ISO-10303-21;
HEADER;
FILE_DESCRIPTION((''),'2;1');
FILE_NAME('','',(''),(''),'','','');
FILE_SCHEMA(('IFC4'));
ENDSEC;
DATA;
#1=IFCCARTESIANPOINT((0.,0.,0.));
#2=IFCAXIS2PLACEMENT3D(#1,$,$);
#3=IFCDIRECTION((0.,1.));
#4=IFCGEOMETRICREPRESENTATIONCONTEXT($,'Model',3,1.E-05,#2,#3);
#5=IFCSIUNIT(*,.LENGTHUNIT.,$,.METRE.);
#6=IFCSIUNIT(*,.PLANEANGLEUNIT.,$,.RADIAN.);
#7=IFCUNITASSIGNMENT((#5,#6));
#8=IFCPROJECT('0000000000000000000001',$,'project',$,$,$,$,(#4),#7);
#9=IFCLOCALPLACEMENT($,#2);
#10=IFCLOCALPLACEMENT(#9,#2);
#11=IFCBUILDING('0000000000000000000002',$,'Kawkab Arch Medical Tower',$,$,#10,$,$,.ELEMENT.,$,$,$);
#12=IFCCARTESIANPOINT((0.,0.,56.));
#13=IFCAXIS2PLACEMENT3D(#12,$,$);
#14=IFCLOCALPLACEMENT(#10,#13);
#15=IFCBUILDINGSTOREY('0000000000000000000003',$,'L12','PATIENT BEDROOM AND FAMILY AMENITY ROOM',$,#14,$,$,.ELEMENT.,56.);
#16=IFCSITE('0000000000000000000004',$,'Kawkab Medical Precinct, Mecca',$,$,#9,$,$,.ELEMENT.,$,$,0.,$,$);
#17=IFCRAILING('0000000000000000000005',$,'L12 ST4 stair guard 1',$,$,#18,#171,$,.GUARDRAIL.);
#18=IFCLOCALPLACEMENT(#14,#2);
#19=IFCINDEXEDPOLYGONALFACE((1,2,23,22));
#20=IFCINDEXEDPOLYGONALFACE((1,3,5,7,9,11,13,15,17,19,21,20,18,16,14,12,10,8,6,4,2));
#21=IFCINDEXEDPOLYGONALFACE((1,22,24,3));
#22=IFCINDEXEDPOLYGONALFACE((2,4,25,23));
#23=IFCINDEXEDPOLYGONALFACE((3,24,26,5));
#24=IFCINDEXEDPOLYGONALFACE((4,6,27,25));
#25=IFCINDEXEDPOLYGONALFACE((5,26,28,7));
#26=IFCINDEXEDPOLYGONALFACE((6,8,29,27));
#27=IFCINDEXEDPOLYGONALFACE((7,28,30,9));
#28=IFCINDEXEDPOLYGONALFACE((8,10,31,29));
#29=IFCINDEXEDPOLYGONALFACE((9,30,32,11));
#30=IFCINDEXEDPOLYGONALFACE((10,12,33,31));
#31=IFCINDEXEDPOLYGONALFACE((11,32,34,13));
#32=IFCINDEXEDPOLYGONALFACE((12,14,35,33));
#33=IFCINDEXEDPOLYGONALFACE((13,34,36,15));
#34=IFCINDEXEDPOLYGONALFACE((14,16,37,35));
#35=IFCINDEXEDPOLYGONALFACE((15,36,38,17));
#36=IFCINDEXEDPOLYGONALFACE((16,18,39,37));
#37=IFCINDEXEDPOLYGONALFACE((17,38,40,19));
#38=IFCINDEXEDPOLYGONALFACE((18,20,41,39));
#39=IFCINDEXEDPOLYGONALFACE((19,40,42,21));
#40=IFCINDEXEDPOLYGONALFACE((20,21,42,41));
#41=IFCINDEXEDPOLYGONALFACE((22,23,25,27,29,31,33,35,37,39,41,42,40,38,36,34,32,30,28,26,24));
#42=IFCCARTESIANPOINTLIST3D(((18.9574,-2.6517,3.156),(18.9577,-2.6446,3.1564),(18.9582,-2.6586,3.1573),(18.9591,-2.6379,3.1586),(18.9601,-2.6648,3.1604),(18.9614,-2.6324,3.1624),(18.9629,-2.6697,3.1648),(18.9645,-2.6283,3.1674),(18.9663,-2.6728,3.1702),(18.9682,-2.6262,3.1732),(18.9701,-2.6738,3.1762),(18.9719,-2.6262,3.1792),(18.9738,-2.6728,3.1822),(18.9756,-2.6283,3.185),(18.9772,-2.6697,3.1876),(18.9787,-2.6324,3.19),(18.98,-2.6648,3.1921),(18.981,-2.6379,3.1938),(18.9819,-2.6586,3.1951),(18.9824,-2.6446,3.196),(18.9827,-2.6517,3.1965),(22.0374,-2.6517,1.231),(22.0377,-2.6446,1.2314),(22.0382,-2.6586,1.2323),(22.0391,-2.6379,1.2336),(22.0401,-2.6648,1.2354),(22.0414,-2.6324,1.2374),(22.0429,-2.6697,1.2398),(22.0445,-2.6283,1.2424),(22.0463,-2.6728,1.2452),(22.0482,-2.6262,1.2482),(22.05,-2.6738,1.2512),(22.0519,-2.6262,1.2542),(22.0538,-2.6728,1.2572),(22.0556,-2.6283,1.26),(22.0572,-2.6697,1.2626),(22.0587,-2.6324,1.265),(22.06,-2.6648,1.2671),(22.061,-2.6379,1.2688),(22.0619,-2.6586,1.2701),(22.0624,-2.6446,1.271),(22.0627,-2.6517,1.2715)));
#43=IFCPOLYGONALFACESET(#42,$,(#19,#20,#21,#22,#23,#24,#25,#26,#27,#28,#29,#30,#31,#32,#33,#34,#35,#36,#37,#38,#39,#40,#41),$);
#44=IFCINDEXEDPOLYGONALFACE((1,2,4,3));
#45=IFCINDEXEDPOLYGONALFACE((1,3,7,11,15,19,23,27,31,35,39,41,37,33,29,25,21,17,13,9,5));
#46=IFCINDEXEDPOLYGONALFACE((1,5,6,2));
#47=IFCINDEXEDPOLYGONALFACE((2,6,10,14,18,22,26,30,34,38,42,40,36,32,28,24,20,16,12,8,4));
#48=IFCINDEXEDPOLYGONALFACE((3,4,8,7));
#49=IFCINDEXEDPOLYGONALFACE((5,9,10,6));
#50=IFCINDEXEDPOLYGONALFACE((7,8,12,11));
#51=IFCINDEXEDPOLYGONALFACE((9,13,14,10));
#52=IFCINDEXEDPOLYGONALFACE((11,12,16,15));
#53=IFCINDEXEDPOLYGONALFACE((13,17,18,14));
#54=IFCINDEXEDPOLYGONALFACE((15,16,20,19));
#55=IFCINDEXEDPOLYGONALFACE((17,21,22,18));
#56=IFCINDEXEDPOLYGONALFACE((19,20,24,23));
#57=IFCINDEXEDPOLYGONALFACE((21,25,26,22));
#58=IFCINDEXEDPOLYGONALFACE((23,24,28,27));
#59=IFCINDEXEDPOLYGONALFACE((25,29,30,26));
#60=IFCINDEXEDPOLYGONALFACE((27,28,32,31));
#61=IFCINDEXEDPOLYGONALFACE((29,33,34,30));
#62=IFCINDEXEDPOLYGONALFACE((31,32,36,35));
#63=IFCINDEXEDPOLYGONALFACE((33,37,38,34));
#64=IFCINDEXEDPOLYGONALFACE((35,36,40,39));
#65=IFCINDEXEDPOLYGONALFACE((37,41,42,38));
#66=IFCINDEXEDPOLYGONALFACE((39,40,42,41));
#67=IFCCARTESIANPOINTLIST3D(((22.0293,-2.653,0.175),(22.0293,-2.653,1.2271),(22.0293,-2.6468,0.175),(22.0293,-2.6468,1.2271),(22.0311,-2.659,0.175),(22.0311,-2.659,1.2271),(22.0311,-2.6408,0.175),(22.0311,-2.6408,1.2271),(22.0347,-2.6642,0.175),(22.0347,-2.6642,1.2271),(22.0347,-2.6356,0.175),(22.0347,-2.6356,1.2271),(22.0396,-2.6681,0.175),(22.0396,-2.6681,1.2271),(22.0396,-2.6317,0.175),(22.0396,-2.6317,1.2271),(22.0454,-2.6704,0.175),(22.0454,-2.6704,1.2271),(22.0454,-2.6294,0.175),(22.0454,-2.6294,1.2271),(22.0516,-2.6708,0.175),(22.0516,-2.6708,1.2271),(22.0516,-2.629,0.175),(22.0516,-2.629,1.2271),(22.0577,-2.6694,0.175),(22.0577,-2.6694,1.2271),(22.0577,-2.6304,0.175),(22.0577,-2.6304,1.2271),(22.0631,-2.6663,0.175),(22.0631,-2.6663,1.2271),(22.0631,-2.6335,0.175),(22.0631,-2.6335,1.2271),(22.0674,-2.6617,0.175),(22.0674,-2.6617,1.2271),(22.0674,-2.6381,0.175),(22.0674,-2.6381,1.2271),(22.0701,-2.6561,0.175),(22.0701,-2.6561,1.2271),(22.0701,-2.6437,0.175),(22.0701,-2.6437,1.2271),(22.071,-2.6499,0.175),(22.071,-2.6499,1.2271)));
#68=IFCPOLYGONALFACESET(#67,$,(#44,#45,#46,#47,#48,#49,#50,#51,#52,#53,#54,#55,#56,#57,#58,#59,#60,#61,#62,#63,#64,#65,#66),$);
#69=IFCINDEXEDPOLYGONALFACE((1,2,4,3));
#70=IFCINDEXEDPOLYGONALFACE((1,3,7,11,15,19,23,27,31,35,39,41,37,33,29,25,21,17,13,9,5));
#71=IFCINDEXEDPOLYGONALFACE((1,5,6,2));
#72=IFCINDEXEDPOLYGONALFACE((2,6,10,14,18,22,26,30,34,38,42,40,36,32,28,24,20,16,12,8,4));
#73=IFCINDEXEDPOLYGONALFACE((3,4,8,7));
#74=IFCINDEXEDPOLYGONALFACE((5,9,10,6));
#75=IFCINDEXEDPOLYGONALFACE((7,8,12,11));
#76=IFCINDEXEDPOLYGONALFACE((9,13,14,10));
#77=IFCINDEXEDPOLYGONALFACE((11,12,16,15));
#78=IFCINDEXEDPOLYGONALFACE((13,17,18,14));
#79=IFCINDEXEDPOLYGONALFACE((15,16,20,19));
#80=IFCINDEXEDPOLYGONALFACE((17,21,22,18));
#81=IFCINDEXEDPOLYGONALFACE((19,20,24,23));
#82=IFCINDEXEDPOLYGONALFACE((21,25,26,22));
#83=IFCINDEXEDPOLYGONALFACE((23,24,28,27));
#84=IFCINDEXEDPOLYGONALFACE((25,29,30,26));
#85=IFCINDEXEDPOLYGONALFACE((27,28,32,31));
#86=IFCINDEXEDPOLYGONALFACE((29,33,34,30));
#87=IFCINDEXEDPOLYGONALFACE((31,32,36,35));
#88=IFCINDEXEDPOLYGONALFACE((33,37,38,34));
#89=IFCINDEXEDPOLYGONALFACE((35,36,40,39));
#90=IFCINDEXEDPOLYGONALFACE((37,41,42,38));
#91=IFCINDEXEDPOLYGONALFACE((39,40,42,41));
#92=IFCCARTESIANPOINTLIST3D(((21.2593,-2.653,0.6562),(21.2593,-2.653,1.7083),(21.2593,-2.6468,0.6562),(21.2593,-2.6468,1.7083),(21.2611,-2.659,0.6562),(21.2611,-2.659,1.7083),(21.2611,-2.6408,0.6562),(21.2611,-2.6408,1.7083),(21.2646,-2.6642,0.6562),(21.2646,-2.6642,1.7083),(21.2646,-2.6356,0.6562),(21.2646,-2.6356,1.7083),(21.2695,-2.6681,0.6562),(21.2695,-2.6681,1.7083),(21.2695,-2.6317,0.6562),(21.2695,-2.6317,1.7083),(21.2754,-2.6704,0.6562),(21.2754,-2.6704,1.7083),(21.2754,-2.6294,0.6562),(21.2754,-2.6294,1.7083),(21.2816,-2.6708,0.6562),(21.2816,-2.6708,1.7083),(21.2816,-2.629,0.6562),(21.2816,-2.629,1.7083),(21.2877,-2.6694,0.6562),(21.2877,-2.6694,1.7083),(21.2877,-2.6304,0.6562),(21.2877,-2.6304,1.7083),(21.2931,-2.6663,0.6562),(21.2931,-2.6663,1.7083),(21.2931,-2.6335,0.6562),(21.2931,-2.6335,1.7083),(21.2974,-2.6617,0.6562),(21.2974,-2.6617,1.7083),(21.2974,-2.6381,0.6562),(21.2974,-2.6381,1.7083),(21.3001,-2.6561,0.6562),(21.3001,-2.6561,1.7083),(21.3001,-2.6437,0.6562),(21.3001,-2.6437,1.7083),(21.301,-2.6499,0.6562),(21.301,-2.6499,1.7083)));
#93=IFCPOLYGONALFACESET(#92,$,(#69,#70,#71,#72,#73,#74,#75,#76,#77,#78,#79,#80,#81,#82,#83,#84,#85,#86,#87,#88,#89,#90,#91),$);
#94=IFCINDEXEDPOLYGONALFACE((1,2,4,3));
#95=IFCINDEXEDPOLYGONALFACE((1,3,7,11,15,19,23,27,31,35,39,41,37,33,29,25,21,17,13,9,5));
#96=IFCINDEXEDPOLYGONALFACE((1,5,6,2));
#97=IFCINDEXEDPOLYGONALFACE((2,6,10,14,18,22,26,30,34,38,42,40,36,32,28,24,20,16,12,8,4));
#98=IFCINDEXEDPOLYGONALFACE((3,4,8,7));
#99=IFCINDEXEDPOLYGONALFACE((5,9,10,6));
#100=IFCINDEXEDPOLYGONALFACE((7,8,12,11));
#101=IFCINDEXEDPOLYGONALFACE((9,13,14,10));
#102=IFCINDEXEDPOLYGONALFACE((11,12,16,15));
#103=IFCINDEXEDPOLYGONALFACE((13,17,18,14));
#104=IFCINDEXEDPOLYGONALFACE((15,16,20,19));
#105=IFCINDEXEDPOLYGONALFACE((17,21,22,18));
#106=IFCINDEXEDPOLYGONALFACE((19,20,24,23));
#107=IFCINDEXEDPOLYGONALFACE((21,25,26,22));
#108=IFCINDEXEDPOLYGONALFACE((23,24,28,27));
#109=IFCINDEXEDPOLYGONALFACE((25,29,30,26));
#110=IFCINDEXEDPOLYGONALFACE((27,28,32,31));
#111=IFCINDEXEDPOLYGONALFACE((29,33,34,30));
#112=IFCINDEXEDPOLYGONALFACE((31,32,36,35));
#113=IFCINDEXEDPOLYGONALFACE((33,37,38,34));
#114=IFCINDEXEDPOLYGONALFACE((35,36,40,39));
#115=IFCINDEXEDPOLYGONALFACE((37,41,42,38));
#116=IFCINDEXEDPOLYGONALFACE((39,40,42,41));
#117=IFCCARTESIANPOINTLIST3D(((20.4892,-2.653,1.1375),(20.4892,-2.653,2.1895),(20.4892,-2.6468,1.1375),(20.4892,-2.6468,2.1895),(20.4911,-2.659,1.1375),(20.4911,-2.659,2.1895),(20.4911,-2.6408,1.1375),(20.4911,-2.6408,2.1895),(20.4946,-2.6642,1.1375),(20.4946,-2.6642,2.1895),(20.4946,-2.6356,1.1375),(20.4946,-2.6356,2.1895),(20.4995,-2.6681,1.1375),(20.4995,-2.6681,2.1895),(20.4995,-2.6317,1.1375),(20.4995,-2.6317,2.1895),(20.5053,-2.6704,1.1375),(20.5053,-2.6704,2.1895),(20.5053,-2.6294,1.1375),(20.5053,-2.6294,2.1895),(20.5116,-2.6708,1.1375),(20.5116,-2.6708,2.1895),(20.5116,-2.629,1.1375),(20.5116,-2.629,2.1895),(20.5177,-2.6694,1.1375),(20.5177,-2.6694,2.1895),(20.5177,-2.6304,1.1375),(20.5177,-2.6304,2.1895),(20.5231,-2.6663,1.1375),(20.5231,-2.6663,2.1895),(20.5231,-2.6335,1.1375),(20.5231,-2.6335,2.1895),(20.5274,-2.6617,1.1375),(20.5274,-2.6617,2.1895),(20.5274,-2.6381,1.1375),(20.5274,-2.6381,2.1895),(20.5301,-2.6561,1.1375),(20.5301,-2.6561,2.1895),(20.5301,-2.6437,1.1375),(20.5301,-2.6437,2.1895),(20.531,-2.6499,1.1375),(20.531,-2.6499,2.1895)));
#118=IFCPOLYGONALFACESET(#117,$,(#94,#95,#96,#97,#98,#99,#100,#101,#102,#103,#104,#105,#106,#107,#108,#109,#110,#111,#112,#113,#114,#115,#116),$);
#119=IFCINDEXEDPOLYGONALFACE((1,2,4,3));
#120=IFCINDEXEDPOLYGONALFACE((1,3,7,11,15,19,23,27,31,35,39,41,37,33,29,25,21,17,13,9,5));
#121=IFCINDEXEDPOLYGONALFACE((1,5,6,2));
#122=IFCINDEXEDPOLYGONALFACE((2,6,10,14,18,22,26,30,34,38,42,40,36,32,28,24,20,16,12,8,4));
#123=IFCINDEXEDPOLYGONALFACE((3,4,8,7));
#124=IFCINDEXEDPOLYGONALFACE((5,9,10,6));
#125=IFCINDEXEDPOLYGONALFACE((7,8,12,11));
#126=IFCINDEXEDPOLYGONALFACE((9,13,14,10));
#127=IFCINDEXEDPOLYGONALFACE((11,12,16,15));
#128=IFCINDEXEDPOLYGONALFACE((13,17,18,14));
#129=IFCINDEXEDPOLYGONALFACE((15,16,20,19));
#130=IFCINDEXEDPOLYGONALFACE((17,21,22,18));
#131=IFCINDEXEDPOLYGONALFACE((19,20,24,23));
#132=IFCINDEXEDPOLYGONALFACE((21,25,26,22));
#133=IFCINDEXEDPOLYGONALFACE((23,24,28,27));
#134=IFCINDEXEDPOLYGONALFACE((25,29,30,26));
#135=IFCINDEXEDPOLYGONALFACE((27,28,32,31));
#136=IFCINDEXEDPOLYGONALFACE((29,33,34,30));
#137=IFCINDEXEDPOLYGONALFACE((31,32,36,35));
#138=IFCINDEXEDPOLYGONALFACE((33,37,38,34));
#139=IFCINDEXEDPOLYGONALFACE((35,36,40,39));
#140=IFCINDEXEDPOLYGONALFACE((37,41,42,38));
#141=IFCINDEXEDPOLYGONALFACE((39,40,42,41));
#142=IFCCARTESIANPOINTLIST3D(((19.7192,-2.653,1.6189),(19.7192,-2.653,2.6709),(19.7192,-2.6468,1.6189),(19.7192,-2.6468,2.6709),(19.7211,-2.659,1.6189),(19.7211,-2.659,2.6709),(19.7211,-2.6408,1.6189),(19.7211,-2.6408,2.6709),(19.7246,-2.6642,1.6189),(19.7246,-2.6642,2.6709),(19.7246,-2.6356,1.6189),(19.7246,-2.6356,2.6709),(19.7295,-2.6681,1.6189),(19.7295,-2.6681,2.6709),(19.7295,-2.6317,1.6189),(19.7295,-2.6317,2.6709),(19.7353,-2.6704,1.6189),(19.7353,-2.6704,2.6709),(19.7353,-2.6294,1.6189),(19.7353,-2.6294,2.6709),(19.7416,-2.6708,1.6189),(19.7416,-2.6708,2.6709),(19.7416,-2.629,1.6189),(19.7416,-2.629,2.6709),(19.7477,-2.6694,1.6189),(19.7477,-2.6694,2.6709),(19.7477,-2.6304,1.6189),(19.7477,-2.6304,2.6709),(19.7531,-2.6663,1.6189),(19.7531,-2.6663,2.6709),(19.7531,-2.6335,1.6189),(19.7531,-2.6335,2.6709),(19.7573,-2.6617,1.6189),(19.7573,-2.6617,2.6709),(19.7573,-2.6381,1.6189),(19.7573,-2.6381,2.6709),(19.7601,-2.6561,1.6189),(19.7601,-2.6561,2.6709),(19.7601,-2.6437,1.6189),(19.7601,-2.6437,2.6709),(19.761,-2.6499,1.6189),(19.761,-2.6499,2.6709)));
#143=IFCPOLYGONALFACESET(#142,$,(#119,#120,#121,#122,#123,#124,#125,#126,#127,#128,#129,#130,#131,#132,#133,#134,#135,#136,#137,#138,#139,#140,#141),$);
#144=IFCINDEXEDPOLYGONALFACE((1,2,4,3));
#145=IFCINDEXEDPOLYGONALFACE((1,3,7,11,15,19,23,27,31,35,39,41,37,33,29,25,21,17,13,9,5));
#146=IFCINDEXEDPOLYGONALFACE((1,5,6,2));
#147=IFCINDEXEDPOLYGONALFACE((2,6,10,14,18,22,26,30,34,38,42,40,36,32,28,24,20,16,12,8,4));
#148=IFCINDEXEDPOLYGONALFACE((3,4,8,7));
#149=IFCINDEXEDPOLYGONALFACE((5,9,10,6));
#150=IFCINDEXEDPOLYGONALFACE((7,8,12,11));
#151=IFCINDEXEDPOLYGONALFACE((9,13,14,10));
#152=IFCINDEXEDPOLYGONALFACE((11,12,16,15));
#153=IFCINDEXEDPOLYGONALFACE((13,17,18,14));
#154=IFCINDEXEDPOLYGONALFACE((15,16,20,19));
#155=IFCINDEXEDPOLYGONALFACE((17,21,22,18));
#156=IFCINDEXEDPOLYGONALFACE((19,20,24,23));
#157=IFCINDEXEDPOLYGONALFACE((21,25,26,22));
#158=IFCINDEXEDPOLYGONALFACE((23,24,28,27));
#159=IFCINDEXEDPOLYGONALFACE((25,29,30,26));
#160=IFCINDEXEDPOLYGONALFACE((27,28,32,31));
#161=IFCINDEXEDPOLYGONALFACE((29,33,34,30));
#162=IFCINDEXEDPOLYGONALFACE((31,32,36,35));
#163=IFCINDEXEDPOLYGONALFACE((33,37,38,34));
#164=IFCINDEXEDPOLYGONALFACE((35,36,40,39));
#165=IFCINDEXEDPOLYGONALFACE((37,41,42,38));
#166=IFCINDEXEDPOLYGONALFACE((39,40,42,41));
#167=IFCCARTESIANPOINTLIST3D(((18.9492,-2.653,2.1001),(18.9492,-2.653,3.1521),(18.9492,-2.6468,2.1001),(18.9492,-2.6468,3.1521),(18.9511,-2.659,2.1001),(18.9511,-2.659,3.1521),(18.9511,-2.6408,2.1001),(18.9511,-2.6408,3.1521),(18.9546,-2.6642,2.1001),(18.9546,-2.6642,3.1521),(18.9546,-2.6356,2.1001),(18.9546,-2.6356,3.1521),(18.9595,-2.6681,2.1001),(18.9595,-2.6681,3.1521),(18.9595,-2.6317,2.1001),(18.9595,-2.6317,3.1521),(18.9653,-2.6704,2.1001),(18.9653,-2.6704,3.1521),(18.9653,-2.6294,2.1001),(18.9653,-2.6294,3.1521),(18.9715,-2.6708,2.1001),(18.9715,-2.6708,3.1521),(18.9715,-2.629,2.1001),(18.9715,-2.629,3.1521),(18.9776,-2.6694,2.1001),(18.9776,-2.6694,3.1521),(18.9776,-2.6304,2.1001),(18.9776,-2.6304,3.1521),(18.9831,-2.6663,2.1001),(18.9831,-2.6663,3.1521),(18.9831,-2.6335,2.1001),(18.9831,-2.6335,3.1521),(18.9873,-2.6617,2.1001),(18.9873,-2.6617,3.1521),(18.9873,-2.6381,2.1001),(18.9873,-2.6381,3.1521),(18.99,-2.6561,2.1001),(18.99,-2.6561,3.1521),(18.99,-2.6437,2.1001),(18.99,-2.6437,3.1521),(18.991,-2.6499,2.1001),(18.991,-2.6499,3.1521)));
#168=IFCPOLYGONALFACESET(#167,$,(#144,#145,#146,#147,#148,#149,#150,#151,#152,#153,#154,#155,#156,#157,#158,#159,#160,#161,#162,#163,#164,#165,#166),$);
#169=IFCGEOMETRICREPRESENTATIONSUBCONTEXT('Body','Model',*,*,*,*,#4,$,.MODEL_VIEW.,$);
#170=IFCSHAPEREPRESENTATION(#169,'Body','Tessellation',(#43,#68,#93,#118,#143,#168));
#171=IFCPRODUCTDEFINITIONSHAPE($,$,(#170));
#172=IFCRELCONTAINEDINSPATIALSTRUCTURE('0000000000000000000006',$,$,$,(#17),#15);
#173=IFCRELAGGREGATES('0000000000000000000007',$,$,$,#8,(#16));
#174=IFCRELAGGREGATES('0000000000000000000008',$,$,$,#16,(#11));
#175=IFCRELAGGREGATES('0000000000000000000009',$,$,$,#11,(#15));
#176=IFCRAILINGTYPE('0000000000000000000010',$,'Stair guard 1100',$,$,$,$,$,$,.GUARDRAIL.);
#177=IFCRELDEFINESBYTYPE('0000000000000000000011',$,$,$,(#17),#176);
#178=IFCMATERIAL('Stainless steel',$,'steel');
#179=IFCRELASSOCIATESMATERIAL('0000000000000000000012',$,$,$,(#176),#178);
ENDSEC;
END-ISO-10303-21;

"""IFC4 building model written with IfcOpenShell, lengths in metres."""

from ifc_helpers import new_model, si_unit, direction, frame, origin, origin_2d, place, context, subcontext, project, spatial, circle, extrude, material, type_object, element, save


model = new_model("IFC4")

# Units and contexts
model_context = context("Model", 3, precision=1e-05, world=origin(), true_north=direction((0.0, 1.0)))
body_context = subcontext(model_context, "Body", "Model", "MODEL_VIEW")
ifc_project = project(units=[si_unit("LENGTHUNIT", "METRE"), si_unit("PLANEANGLEUNIT", "RADIAN")], contexts=[model_context])

# Site, building, storey
site_placement = place(None, origin())
site = spatial("IfcSite", under=ifc_project, at=site_placement, Name="Kawkab Medical Precinct, Mecca", CompositionType="ELEMENT", RefElevation=0.0)
building_placement = place(site_placement, origin())
building = spatial("IfcBuilding", under=site, at=building_placement, Name="Kawkab Arch Medical Tower", CompositionType="ELEMENT")
storey_placement = place(building_placement, frame((0.0, 0.0, 56.0)))
storey = spatial("IfcBuildingStorey", under=building, at=storey_placement, Name="L12", Description="PATIENT BEDROOM AND FAMILY AMENITY ROOM", CompositionType="ELEMENT", Elevation=56.0)

# Railing
ifc_material_1 = material(Name="Stainless steel", Category="steel")
railing_type = type_object("IfcRailingType", Name="Stair guard 1100", PredefinedType="GUARDRAIL", material=ifc_material_1)
railing_1_placement = place(storey_placement, frame((22.05, -2.6499, 0.175)))
element("IfcRailing", 1, at=railing_1_placement, inside=storey, type_object=railing_type, Name="L12 ST4 stair guard 1", PredefinedType="GUARDRAIL", context=body_context, shape_type="SweptSolid", body=[
    extrude(circle(Radius=0.0239, at=origin_2d()), frame((0.0, 0.0, 1.0762), z_axis=(-0.847998, 0.0, 0.529999), x_axis=(0.0, -1.0, 0.0)), (0.0, 0.0, 1.0), 3.6321),
    extrude(circle(Radius=0.021, at=origin_2d()), origin(), (0.0, 0.0, 1.0), 1.052),
    extrude(circle(Radius=0.021, at=origin_2d()), frame((-0.77, 0.0, 0.4812)), (0.0, 0.0, 1.0), 1.052),
    extrude(circle(Radius=0.021, at=origin_2d()), frame((-1.54, 0.0, 0.9624)), (0.0, 0.0, 1.0), 1.052),
    extrude(circle(Radius=0.021, at=origin_2d()), frame((-2.3101, 0.0, 1.4438)), (0.0, 0.0, 1.0), 1.052),
    extrude(circle(Radius=0.021, at=origin_2d()), frame((-3.0801, 0.0, 1.925)), (0.0, 0.0, 1.0), 1.052),
])

save(model, "model.ifc")
